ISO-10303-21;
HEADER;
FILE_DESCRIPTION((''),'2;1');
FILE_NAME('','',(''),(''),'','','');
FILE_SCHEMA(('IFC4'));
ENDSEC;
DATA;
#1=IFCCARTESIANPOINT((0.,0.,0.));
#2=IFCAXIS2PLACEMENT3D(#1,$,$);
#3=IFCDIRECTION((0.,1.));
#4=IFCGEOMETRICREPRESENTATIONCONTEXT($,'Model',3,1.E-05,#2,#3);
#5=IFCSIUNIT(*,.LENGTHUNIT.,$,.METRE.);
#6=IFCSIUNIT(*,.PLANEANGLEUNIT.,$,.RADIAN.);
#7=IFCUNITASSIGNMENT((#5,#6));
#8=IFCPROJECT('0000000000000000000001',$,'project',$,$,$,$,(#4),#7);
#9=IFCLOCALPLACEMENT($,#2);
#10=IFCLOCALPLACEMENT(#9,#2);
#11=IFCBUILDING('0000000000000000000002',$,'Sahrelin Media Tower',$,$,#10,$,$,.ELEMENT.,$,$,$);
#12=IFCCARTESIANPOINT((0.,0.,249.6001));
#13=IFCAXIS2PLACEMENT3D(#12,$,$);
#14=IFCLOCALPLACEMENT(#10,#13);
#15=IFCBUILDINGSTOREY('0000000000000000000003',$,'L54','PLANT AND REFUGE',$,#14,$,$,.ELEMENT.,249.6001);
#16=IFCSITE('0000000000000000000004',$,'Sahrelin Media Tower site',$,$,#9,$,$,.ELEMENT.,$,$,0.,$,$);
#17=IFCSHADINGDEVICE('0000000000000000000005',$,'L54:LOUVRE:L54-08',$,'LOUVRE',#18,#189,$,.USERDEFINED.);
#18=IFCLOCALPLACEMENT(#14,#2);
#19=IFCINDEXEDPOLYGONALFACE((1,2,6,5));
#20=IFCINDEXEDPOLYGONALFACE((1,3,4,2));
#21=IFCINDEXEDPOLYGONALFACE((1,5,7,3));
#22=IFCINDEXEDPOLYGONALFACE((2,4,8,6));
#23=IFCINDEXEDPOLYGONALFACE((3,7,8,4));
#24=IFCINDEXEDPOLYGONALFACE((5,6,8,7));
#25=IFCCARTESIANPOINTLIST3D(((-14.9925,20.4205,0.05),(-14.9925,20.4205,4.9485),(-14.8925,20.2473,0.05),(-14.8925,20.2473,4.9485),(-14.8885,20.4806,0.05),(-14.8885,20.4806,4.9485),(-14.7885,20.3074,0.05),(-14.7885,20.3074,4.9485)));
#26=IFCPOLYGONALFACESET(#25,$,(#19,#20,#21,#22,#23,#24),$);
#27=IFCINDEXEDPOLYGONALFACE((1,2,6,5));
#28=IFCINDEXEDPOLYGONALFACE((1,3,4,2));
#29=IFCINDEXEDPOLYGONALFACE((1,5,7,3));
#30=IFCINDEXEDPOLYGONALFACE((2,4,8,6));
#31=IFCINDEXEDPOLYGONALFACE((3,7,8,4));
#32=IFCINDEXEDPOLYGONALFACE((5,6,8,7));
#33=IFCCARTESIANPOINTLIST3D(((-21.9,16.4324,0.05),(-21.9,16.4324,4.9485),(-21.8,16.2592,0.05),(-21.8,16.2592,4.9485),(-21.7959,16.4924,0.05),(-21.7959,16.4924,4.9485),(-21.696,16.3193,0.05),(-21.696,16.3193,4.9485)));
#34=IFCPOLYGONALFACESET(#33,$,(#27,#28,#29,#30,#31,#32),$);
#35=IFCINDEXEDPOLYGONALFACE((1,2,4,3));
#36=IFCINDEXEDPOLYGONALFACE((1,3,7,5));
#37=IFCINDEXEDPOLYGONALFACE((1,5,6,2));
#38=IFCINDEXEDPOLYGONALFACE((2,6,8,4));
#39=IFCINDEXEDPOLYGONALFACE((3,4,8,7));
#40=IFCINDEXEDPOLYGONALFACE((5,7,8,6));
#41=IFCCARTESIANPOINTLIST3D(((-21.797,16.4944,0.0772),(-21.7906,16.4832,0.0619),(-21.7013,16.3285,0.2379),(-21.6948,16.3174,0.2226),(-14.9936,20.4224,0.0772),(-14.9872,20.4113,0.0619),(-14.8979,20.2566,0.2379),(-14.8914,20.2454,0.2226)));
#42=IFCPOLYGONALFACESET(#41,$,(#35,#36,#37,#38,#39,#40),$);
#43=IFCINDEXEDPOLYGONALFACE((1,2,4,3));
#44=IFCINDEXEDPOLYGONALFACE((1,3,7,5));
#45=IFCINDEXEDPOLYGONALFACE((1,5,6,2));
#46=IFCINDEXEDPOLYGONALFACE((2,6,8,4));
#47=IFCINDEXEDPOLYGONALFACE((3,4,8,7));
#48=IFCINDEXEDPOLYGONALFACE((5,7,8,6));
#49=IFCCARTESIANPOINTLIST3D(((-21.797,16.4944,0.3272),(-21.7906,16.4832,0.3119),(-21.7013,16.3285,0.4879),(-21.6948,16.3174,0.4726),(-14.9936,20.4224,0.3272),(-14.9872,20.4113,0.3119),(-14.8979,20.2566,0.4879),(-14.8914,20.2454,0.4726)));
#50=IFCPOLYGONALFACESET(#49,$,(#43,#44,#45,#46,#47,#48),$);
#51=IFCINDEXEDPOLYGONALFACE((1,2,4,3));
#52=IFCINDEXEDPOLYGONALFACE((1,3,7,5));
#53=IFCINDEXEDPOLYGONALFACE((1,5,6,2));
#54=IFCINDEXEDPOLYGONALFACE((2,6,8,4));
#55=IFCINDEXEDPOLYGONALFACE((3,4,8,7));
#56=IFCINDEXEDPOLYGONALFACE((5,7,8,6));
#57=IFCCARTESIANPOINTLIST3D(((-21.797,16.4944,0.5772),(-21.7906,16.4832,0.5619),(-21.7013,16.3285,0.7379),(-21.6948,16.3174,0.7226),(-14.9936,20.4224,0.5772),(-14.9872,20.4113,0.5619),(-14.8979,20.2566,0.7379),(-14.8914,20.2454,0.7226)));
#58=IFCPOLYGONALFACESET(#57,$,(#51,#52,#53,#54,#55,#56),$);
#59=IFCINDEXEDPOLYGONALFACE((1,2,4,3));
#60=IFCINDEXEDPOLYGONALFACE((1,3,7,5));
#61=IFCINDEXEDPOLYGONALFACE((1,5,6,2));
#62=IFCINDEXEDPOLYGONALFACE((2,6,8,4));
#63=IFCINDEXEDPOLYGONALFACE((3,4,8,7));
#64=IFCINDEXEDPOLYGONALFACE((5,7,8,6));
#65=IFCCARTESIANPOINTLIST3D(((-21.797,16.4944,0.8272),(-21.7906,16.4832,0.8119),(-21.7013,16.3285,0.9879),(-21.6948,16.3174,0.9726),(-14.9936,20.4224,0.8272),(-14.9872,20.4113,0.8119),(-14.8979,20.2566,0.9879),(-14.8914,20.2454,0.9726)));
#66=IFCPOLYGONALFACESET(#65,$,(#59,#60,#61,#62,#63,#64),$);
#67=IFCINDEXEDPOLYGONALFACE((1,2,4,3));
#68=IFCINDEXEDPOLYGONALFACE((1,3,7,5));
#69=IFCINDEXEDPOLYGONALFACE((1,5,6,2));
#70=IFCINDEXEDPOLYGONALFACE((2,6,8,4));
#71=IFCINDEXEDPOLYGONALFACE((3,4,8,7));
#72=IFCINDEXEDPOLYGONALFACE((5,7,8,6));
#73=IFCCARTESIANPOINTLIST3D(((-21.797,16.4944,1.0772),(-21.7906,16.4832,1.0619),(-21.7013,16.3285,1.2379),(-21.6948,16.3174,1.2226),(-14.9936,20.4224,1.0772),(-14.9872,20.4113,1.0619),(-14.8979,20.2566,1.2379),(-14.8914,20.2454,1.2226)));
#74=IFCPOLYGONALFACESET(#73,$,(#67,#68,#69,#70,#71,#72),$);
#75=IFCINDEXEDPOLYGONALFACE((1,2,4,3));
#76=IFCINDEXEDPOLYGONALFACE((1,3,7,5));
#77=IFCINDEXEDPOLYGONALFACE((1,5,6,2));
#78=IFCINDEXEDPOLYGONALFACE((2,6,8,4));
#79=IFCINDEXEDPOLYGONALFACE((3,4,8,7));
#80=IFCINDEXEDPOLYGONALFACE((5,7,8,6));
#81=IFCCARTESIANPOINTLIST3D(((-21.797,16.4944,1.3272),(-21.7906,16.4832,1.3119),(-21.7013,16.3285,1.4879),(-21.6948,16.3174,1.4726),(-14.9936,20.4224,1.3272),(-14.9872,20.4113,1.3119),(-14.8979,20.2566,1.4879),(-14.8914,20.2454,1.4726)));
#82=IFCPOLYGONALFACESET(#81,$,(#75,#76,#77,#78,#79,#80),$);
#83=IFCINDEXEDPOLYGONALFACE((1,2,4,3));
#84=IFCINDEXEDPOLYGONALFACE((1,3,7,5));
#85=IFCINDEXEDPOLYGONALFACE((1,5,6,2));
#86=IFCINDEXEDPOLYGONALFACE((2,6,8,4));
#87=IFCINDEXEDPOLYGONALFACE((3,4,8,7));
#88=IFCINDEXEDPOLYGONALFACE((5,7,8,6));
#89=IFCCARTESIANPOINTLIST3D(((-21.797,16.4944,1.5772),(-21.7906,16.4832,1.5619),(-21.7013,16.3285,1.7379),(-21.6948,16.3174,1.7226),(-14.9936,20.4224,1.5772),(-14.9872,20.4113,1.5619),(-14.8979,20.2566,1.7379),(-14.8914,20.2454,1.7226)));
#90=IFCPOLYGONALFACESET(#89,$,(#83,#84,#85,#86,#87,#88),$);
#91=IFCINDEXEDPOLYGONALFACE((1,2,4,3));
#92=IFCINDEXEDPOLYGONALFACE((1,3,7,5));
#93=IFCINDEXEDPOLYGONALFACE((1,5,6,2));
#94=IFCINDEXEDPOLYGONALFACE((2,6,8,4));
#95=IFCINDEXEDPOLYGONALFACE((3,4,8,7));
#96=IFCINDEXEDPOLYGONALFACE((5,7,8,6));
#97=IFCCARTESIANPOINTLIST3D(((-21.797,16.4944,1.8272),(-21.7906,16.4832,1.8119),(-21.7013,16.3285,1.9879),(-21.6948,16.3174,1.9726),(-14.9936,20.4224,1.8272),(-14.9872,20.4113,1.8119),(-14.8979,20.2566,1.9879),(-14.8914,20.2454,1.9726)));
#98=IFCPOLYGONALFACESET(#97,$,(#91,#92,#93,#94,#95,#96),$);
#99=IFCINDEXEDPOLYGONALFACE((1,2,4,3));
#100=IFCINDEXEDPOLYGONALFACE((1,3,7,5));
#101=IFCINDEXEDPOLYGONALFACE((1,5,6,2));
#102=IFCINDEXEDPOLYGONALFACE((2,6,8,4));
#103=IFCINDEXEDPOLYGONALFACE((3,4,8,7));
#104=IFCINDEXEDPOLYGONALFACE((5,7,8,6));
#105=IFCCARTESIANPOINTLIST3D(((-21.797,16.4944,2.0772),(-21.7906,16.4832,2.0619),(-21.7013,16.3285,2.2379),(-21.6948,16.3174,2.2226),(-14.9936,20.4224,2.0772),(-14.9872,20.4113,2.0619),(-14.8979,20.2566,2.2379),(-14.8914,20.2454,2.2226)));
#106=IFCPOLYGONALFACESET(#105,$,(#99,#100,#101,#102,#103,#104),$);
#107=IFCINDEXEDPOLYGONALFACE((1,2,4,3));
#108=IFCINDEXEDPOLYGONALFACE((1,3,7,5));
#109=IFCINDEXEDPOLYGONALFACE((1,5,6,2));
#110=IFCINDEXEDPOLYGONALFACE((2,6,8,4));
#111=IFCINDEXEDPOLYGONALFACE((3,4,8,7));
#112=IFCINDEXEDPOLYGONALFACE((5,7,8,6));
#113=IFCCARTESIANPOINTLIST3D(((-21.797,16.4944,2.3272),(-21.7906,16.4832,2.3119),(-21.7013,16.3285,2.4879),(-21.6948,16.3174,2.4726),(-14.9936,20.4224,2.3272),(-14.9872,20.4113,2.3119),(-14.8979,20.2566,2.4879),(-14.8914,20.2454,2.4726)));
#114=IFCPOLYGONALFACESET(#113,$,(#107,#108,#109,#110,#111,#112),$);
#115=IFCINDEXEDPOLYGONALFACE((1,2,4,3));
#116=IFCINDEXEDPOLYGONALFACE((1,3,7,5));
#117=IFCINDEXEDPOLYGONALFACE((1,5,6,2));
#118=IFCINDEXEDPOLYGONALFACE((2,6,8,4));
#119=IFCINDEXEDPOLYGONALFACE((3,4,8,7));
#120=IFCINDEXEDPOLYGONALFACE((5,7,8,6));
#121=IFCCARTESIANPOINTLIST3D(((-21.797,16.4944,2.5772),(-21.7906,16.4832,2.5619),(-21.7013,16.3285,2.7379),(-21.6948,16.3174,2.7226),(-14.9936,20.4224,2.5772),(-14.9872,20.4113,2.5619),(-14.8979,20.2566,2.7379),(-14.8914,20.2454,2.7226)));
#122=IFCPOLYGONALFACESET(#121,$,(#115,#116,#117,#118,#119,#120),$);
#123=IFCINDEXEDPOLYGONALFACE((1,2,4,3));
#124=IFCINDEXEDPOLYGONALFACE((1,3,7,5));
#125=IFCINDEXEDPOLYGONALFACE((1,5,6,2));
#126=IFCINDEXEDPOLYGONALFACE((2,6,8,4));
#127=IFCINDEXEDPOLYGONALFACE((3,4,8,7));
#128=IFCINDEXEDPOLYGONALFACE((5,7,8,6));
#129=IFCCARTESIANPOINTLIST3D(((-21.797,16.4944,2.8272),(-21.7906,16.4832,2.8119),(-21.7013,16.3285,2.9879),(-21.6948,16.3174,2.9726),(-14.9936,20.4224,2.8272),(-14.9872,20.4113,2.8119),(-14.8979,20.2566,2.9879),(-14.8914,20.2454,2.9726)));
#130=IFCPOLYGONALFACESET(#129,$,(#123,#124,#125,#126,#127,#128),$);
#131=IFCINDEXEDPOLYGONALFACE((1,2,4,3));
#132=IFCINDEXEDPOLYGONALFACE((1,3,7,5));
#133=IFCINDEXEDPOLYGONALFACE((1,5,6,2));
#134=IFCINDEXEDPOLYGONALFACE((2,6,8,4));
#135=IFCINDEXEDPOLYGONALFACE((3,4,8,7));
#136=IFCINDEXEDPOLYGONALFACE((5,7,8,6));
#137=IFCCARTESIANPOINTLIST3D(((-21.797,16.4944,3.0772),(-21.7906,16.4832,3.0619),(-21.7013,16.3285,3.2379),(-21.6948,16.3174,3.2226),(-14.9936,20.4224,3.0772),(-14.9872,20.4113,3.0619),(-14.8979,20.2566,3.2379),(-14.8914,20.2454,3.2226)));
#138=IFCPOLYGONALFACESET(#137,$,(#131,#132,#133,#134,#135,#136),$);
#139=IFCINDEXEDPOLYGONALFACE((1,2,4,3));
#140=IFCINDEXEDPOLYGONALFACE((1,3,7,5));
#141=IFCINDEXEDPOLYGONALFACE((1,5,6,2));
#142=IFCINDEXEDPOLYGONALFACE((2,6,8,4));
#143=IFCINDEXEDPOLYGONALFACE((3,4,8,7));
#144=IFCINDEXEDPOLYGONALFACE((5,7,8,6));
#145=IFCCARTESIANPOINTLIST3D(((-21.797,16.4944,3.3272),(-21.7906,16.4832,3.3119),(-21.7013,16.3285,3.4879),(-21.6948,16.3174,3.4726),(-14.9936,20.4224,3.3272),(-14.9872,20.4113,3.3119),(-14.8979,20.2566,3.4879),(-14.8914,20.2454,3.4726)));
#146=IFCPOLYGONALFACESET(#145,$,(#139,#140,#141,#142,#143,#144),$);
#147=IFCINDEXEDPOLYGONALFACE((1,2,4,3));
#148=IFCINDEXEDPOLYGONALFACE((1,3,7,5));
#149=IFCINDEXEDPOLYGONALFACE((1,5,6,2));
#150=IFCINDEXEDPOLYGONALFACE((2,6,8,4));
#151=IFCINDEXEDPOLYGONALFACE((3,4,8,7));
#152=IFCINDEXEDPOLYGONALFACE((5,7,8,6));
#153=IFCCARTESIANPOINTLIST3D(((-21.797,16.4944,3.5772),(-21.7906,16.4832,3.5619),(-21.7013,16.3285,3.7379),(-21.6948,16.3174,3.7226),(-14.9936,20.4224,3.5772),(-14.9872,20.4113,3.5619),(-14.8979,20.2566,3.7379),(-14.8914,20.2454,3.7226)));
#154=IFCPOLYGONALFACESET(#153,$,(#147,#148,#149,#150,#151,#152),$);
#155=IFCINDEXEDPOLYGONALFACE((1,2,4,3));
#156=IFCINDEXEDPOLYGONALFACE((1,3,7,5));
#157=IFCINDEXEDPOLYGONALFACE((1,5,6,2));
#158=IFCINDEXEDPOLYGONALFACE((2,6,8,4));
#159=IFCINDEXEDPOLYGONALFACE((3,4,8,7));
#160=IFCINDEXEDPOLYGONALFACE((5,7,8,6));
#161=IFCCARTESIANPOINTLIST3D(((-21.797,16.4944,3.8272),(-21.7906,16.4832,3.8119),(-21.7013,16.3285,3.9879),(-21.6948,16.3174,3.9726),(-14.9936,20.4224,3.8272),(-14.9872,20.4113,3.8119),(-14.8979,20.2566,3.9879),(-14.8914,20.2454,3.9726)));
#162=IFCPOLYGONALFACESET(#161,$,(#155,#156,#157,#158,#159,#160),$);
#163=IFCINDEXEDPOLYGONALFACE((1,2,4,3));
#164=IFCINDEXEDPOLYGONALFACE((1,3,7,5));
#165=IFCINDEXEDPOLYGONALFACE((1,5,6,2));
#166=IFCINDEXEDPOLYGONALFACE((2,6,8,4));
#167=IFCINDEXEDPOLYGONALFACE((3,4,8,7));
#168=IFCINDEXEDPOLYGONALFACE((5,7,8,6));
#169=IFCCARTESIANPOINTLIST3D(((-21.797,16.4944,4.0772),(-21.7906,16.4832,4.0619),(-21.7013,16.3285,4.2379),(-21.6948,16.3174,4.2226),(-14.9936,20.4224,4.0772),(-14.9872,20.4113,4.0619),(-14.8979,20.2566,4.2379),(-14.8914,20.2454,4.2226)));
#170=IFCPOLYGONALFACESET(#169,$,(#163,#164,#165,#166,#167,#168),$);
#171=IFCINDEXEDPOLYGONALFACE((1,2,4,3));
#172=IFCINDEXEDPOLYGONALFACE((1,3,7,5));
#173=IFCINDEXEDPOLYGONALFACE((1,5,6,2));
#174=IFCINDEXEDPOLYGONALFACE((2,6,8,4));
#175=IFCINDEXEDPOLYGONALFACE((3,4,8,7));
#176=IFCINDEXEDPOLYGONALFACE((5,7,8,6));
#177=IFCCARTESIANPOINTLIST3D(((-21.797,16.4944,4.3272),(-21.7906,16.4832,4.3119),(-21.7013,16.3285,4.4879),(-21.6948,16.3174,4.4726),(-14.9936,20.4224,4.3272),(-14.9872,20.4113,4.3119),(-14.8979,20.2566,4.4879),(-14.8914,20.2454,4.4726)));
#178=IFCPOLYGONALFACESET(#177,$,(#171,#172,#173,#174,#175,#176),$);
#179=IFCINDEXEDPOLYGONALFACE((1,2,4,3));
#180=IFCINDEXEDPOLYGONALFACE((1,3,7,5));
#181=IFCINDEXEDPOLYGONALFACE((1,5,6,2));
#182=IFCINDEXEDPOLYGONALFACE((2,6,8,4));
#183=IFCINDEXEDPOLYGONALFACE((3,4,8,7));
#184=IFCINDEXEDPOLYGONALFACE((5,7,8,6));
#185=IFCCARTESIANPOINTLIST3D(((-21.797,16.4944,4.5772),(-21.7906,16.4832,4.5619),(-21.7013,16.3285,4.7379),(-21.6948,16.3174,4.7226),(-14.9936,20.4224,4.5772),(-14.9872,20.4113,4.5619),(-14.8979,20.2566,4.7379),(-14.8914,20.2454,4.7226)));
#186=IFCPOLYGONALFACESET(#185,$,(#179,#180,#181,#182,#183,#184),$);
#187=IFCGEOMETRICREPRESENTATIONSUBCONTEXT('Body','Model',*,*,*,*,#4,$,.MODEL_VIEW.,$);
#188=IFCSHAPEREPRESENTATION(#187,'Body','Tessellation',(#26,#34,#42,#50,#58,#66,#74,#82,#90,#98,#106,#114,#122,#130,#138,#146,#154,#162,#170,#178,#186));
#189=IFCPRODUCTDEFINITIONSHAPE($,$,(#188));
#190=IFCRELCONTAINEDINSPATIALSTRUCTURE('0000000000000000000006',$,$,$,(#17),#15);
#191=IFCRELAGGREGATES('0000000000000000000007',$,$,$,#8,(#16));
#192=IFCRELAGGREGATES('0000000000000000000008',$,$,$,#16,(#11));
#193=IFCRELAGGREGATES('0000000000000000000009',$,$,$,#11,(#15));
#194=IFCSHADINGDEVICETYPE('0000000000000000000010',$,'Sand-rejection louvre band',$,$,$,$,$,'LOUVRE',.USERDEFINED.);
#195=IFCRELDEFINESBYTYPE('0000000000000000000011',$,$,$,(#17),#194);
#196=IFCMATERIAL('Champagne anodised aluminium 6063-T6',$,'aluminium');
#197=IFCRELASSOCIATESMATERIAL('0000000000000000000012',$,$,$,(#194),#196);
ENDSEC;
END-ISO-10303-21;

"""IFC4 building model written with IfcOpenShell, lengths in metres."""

from ifc_helpers import new_model, si_unit, direction, frame, origin, origin_2d, place, context, subcontext, project, spatial, rectangle, extrude, material, type_object, element, save


model = new_model("IFC4")

# Units and contexts
model_context = context("Model", 3, precision=1e-05, world=origin(), true_north=direction((0.0, 1.0)))
body_context = subcontext(model_context, "Body", "Model", "MODEL_VIEW")
ifc_project = project(units=[si_unit("LENGTHUNIT", "METRE"), si_unit("PLANEANGLEUNIT", "RADIAN")], contexts=[model_context])

# Site, building, storey
site_placement = place(None, origin())
site = spatial("IfcSite", under=ifc_project, at=site_placement, Name="Sahrelin Media Tower site", CompositionType="ELEMENT", RefElevation=0.0)
building_placement = place(site_placement, origin())
building = spatial("IfcBuilding", under=site, at=building_placement, Name="Sahrelin Media Tower", CompositionType="ELEMENT")
storey_placement = place(building_placement, frame((0.0, 0.0, 249.6001)))
storey = spatial("IfcBuildingStorey", under=building, at=storey_placement, Name="L54", Description="PLANT AND REFUGE", CompositionType="ELEMENT", Elevation=249.6001)

# Shared definitions
ifc_material_1 = material(Name="Champagne anodised aluminium 6063-T6", Category="aluminium")

# Shading device
shading_device_type = type_object("IfcShadingDeviceType", Name="Sand-rejection louvre band", ElementType="LOUVRE", PredefinedType="USERDEFINED", material=ifc_material_1)
shading_device_1_placement = place(storey_placement, frame((-18.2942, 18.2832, 0.0), z_axis=(0.0, 0.0, 1.0), x_axis=(0.866019, 0.500011, 0.0)))
element("IfcShadingDevice", 1, at=shading_device_1_placement, inside=storey, type_object=shading_device_type, Name="L54:LOUVRE:L54-08", ObjectType="LOUVRE", PredefinedType="USERDEFINED", context=body_context, shape_type="SweptSolid", body=[
    extrude(rectangle(XDim=0.1201, YDim=0.2, at=origin_2d()), frame((3.988, 0.1001, 0.05), z_axis=(0.0, 0.0, 1.0), x_axis=(1.0, 0.0, 0.0)), (0.0, 0.0, 1.0), 4.8984),
    extrude(rectangle(XDim=0.1201, YDim=0.2, at=origin_2d()), frame((-3.988, 0.1001, 0.05), z_axis=(0.0, 0.0, 1.0), x_axis=(1.0, 0.0, 0.0)), (0.0, 0.0, 1.0), 4.8984),
    extrude(rectangle(XDim=0.25, YDim=0.02, at=origin_2d()), frame((3.928, 0.1001, 0.1499), z_axis=(-1.0, 0.0, 0.0), x_axis=(0.0, -0.766044, 0.642788)), (0.0, 0.0, 1.0), 7.856),
    extrude(rectangle(XDim=0.25, YDim=0.02, at=origin_2d()), frame((3.928, 0.1001, 0.3999), z_axis=(-1.0, 0.0, 0.0), x_axis=(0.0, -0.766044, 0.642788)), (0.0, 0.0, 1.0), 7.856),
    extrude(rectangle(XDim=0.25, YDim=0.02, at=origin_2d()), frame((3.928, 0.1001, 0.6499), z_axis=(-1.0, 0.0, 0.0), x_axis=(0.0, -0.766044, 0.642788)), (0.0, 0.0, 1.0), 7.856),
    extrude(rectangle(XDim=0.25, YDim=0.02, at=origin_2d()), frame((3.928, 0.1001, 0.8999), z_axis=(-1.0, 0.0, 0.0), x_axis=(0.0, -0.766044, 0.642788)), (0.0, 0.0, 1.0), 7.856),
    extrude(rectangle(XDim=0.25, YDim=0.02, at=origin_2d()), frame((3.928, 0.1001, 1.1499), z_axis=(-1.0, 0.0, 0.0), x_axis=(0.0, -0.766044, 0.642788)), (0.0, 0.0, 1.0), 7.856),
    extrude(rectangle(XDim=0.25, YDim=0.02, at=origin_2d()), frame((3.928, 0.1001, 1.3999), z_axis=(-1.0, 0.0, 0.0), x_axis=(0.0, -0.766044, 0.642788)), (0.0, 0.0, 1.0), 7.856),
    extrude(rectangle(XDim=0.25, YDim=0.02, at=origin_2d()), frame((3.928, 0.1001, 1.6499), z_axis=(-1.0, 0.0, 0.0), x_axis=(0.0, -0.766044, 0.642788)), (0.0, 0.0, 1.0), 7.856),
    extrude(rectangle(XDim=0.25, YDim=0.02, at=origin_2d()), frame((3.928, 0.1001, 1.8999), z_axis=(-1.0, 0.0, 0.0), x_axis=(0.0, -0.766044, 0.642788)), (0.0, 0.0, 1.0), 7.856),
    extrude(rectangle(XDim=0.25, YDim=0.02, at=origin_2d()), frame((3.928, 0.1001, 2.1499), z_axis=(-1.0, 0.0, 0.0), x_axis=(0.0, -0.766044, 0.642788)), (0.0, 0.0, 1.0), 7.856),
    extrude(rectangle(XDim=0.25, YDim=0.02, at=origin_2d()), frame((3.928, 0.1001, 2.3999), z_axis=(-1.0, 0.0, 0.0), x_axis=(0.0, -0.766044, 0.642788)), (0.0, 0.0, 1.0), 7.856),
    extrude(rectangle(XDim=0.25, YDim=0.02, at=origin_2d()), frame((3.928, 0.1001, 2.6499), z_axis=(-1.0, 0.0, 0.0), x_axis=(0.0, -0.766044, 0.642788)), (0.0, 0.0, 1.0), 7.856),
    extrude(rectangle(XDim=0.25, YDim=0.02, at=origin_2d()), frame((3.928, 0.1001, 2.8999), z_axis=(-1.0, 0.0, 0.0), x_axis=(0.0, -0.766044, 0.642788)), (0.0, 0.0, 1.0), 7.856),
    extrude(rectangle(XDim=0.25, YDim=0.02, at=origin_2d()), frame((3.928, 0.1001, 3.1499), z_axis=(-1.0, 0.0, 0.0), x_axis=(0.0, -0.766044, 0.642788)), (0.0, 0.0, 1.0), 7.856),
    extrude(rectangle(XDim=0.25, YDim=0.02, at=origin_2d()), frame((3.928, 0.1001, 3.3999), z_axis=(-1.0, 0.0, 0.0), x_axis=(0.0, -0.766044, 0.642788)), (0.0, 0.0, 1.0), 7.856),
    extrude(rectangle(XDim=0.25, YDim=0.02, at=origin_2d()), frame((3.928, 0.1001, 3.6499), z_axis=(-1.0, 0.0, 0.0), x_axis=(0.0, -0.766044, 0.642788)), (0.0, 0.0, 1.0), 7.856),
    extrude(rectangle(XDim=0.25, YDim=0.02, at=origin_2d()), frame((3.928, 0.1001, 3.8999), z_axis=(-1.0, 0.0, 0.0), x_axis=(0.0, -0.766044, 0.642788)), (0.0, 0.0, 1.0), 7.856),
    extrude(rectangle(XDim=0.25, YDim=0.02, at=origin_2d()), frame((3.928, 0.1001, 4.1499), z_axis=(-1.0, 0.0, 0.0), x_axis=(0.0, -0.766044, 0.642788)), (0.0, 0.0, 1.0), 7.856),
    extrude(rectangle(XDim=0.25, YDim=0.02, at=origin_2d()), frame((3.928, 0.1001, 4.3999), z_axis=(-1.0, 0.0, 0.0), x_axis=(0.0, -0.766044, 0.642788)), (0.0, 0.0, 1.0), 7.856),
    extrude(rectangle(XDim=0.25, YDim=0.02, at=origin_2d()), frame((3.928, 0.1001, 4.6499), z_axis=(-1.0, 0.0, 0.0), x_axis=(0.0, -0.766044, 0.642788)), (0.0, 0.0, 1.0), 7.856),
])

save(model, "model.ifc")
